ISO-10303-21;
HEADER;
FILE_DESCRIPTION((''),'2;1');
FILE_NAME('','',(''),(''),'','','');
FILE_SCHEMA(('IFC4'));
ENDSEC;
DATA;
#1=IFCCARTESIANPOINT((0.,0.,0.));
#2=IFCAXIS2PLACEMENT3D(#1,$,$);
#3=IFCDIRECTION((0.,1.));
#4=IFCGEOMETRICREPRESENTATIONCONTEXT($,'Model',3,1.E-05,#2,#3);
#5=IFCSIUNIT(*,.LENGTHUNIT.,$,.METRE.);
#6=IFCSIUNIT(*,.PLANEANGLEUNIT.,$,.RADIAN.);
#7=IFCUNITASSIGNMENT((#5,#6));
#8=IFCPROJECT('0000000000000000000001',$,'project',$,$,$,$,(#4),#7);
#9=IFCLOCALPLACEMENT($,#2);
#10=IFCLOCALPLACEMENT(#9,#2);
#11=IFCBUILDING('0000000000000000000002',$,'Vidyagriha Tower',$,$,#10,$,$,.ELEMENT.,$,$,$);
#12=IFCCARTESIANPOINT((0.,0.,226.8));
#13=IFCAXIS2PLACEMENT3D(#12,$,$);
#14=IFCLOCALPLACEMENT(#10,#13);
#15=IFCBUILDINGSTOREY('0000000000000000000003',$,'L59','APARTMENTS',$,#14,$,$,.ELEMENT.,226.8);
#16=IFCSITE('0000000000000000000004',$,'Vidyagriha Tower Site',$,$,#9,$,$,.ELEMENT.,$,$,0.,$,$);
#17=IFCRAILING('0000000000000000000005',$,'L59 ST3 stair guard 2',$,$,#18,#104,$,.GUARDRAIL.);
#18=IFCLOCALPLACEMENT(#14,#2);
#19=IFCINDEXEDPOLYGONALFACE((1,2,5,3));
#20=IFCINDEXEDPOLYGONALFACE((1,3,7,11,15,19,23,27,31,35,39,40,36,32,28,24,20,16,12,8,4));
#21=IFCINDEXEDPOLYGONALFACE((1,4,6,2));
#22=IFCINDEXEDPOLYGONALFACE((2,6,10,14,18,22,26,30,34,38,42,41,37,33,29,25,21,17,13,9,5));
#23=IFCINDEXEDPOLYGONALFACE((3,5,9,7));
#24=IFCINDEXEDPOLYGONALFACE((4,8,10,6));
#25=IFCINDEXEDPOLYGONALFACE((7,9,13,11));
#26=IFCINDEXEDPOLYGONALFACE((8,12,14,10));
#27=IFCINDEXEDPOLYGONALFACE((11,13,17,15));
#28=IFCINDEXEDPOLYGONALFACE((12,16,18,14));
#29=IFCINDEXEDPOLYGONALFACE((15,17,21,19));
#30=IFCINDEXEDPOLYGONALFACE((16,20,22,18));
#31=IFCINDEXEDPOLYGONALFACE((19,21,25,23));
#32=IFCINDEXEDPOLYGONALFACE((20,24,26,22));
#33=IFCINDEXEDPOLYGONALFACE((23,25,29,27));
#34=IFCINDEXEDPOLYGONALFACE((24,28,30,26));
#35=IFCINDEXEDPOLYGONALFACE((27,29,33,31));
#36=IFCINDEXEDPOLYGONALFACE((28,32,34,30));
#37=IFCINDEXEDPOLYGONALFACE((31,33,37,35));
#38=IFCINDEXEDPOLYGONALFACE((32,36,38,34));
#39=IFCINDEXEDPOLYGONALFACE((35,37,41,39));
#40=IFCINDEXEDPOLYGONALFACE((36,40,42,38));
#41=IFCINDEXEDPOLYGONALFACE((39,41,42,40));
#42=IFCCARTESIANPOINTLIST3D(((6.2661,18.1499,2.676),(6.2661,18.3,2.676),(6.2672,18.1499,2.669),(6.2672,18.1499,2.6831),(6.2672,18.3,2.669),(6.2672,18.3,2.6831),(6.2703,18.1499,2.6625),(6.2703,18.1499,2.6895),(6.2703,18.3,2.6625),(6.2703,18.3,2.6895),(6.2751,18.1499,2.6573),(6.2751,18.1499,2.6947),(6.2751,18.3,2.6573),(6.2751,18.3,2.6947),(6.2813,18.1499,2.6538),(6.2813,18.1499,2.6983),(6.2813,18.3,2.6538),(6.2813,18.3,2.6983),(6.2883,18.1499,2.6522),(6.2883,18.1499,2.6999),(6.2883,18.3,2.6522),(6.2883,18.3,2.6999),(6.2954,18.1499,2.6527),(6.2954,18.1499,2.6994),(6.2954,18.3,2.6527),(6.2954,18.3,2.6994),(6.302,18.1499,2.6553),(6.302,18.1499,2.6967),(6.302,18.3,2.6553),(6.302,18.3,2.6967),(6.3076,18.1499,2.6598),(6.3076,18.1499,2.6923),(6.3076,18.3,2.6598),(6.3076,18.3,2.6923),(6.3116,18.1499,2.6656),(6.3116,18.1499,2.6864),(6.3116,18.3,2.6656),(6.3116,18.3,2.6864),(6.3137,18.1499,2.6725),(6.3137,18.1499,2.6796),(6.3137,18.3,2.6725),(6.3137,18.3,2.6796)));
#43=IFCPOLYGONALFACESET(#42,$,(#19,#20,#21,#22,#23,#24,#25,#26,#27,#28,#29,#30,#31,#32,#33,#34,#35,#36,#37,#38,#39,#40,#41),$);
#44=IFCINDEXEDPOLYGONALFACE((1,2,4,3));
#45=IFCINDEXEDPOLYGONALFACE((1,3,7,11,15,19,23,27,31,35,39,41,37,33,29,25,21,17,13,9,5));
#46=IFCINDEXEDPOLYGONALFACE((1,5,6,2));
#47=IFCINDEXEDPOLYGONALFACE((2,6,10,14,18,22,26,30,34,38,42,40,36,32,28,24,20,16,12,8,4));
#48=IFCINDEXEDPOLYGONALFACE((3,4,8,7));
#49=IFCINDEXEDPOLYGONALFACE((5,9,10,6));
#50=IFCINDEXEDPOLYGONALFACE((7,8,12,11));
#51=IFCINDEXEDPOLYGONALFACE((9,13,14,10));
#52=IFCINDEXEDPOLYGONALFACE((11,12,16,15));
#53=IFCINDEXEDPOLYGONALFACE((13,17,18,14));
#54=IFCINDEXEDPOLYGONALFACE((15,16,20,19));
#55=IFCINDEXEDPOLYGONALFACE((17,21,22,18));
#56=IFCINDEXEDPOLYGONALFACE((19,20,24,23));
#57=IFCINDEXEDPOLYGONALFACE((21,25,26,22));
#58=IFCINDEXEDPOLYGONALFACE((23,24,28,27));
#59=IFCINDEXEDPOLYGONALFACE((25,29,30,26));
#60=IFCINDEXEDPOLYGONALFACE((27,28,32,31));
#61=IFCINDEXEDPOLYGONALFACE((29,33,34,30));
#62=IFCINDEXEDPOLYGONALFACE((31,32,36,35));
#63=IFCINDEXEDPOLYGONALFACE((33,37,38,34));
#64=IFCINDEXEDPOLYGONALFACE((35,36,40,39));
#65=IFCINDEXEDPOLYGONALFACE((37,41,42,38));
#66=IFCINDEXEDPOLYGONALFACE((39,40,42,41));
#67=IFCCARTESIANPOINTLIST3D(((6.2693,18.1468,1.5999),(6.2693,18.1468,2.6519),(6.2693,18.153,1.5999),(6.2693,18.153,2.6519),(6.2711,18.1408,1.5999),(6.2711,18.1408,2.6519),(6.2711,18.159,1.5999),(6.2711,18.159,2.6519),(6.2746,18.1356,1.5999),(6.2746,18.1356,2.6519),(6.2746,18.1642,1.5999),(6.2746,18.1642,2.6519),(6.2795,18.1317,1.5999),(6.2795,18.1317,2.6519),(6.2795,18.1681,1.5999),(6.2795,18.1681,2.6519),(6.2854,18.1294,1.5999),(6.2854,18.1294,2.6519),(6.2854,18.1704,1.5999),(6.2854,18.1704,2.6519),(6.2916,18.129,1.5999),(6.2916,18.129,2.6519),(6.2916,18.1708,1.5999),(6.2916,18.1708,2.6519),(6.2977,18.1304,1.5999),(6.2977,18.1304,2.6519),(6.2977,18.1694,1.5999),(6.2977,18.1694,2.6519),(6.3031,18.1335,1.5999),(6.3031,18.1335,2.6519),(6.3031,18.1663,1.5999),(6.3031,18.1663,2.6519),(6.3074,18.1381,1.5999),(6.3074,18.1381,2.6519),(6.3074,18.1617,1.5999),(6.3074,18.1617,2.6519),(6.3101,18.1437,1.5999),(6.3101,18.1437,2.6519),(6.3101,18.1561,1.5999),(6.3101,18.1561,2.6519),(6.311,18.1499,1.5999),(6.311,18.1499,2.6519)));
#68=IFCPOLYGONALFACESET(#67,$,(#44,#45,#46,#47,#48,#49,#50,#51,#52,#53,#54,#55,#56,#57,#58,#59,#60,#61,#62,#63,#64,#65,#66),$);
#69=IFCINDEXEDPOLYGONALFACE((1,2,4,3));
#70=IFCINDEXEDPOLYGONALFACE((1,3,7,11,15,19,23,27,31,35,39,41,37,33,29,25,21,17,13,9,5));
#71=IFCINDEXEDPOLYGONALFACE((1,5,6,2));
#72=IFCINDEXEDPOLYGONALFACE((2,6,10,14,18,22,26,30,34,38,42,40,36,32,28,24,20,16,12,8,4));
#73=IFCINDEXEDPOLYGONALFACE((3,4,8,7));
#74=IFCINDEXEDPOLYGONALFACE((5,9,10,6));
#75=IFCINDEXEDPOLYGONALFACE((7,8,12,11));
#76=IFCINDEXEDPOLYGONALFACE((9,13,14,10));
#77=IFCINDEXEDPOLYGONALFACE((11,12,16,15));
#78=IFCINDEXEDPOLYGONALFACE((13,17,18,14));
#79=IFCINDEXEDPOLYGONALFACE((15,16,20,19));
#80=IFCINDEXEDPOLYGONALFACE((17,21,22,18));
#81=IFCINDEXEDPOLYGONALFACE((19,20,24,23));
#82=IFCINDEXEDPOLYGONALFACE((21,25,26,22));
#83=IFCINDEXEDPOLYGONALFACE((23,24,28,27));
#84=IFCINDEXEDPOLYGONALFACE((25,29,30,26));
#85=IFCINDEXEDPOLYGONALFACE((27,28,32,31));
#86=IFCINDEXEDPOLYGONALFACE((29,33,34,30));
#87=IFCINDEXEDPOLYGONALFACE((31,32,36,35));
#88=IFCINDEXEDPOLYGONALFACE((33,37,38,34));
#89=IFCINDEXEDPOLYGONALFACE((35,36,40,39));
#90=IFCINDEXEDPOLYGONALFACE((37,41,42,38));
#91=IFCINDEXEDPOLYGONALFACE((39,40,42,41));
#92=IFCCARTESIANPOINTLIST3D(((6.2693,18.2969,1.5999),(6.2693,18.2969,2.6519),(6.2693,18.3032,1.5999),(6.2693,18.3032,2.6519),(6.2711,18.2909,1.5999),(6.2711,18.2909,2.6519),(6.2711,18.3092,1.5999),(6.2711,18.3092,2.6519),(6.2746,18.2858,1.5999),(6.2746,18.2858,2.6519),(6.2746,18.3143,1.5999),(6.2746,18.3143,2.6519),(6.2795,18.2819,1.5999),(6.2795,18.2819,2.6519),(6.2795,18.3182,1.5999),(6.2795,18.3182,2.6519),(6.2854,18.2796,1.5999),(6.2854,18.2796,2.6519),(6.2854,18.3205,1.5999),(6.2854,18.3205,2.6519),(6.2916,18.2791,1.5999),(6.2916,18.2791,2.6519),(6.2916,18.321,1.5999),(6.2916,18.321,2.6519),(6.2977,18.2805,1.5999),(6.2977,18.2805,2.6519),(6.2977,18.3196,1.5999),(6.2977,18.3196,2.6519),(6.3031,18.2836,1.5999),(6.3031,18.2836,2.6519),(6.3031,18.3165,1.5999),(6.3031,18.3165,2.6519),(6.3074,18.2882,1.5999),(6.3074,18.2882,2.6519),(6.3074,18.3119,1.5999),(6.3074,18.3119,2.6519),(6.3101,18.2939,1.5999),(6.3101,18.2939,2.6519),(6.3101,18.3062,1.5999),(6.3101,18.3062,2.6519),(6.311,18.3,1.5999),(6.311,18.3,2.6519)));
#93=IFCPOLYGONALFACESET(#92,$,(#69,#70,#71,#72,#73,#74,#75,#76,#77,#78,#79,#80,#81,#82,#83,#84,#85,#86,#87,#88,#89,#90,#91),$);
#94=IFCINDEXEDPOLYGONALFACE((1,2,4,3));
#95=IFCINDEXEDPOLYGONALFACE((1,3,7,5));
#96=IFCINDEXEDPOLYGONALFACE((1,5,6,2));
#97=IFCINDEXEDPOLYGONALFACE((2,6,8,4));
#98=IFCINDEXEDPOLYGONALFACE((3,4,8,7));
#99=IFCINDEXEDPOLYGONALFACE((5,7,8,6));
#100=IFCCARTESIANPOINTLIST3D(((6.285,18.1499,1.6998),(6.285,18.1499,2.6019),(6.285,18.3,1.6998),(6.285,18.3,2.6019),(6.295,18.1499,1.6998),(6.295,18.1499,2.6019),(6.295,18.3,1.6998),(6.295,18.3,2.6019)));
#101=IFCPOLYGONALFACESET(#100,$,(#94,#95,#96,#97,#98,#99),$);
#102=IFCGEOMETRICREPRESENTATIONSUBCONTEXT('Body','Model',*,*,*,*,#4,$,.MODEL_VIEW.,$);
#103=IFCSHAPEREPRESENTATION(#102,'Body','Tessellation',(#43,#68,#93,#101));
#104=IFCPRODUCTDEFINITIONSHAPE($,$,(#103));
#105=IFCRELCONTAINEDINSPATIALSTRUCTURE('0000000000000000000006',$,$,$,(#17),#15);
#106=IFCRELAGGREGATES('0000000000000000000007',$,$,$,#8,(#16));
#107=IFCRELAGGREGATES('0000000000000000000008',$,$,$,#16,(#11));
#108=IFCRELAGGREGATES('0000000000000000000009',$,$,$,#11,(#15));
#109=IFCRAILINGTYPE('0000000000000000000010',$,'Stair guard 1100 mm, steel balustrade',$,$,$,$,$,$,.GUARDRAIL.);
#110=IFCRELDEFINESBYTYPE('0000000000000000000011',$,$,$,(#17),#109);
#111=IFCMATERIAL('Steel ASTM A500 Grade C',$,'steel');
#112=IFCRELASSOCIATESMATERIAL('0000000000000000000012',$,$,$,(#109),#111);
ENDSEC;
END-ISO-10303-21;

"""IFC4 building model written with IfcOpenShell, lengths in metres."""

from ifc_helpers import new_model, si_unit, direction, frame, origin, origin_2d, place, context, subcontext, project, spatial, rectangle, circle, extrude, material, type_object, element, save


model = new_model("IFC4")

# Units and contexts
model_context = context("Model", 3, precision=1e-05, world=origin(), true_north=direction((0.0, 1.0)))
body_context = subcontext(model_context, "Body", "Model", "MODEL_VIEW")
ifc_project = project(units=[si_unit("LENGTHUNIT", "METRE"), si_unit("PLANEANGLEUNIT", "RADIAN")], contexts=[model_context])

# Site, building, storey
site_placement = place(None, origin())
site = spatial("IfcSite", under=ifc_project, at=site_placement, Name="Vidyagriha Tower Site", CompositionType="ELEMENT", RefElevation=0.0)
building_placement = place(site_placement, origin())
building = spatial("IfcBuilding", under=site, at=building_placement, Name="Vidyagriha Tower", CompositionType="ELEMENT")
storey_placement = place(building_placement, frame((0.0, 0.0, 226.8)))
storey = spatial("IfcBuildingStorey", under=building, at=storey_placement, Name="L59", Description="APARTMENTS", CompositionType="ELEMENT", Elevation=226.8)

# Railing
ifc_material_1 = material(Name="Steel ASTM A500 Grade C", Category="steel")
railing_type_1 = type_object("IfcRailingType", Name="Stair guard 1100 mm, steel balustrade", PredefinedType="GUARDRAIL", material=ifc_material_1)
railing_1_placement = place(storey_placement, frame((6.29, 18.1499, 1.5999)))
element("IfcRailing", 1, at=railing_1_placement, inside=storey, type_object=railing_type_1, Name="L59 ST3 stair guard 2", PredefinedType="GUARDRAIL", context=body_context, shape_type="SweptSolid", body=[
    extrude(circle(Radius=0.0239, at=origin_2d()), frame((0.0, 0.0, 1.0762), z_axis=(0.0, 1.0, 0.0), x_axis=(-1.0, 0.0, 0.0)), (0.0, 0.0, 1.0), 0.1501),
    extrude(circle(Radius=0.021, at=origin_2d()), origin(), (0.0, 0.0, 1.0), 1.052),
    extrude(circle(Radius=0.021, at=origin_2d()), frame((0.0, 0.1501, 0.0)), (0.0, 0.0, 1.0), 1.052),
    extrude(rectangle(XDim=0.01, YDim=0.9021, at=origin_2d()), frame((0.0, 0.0, 0.551), z_axis=(0.0, 1.0, 0.0), x_axis=(-1.0, 0.0, 0.0)), (0.0, 0.0, 1.0), 0.1501),
])

save(model, "model.ifc")
